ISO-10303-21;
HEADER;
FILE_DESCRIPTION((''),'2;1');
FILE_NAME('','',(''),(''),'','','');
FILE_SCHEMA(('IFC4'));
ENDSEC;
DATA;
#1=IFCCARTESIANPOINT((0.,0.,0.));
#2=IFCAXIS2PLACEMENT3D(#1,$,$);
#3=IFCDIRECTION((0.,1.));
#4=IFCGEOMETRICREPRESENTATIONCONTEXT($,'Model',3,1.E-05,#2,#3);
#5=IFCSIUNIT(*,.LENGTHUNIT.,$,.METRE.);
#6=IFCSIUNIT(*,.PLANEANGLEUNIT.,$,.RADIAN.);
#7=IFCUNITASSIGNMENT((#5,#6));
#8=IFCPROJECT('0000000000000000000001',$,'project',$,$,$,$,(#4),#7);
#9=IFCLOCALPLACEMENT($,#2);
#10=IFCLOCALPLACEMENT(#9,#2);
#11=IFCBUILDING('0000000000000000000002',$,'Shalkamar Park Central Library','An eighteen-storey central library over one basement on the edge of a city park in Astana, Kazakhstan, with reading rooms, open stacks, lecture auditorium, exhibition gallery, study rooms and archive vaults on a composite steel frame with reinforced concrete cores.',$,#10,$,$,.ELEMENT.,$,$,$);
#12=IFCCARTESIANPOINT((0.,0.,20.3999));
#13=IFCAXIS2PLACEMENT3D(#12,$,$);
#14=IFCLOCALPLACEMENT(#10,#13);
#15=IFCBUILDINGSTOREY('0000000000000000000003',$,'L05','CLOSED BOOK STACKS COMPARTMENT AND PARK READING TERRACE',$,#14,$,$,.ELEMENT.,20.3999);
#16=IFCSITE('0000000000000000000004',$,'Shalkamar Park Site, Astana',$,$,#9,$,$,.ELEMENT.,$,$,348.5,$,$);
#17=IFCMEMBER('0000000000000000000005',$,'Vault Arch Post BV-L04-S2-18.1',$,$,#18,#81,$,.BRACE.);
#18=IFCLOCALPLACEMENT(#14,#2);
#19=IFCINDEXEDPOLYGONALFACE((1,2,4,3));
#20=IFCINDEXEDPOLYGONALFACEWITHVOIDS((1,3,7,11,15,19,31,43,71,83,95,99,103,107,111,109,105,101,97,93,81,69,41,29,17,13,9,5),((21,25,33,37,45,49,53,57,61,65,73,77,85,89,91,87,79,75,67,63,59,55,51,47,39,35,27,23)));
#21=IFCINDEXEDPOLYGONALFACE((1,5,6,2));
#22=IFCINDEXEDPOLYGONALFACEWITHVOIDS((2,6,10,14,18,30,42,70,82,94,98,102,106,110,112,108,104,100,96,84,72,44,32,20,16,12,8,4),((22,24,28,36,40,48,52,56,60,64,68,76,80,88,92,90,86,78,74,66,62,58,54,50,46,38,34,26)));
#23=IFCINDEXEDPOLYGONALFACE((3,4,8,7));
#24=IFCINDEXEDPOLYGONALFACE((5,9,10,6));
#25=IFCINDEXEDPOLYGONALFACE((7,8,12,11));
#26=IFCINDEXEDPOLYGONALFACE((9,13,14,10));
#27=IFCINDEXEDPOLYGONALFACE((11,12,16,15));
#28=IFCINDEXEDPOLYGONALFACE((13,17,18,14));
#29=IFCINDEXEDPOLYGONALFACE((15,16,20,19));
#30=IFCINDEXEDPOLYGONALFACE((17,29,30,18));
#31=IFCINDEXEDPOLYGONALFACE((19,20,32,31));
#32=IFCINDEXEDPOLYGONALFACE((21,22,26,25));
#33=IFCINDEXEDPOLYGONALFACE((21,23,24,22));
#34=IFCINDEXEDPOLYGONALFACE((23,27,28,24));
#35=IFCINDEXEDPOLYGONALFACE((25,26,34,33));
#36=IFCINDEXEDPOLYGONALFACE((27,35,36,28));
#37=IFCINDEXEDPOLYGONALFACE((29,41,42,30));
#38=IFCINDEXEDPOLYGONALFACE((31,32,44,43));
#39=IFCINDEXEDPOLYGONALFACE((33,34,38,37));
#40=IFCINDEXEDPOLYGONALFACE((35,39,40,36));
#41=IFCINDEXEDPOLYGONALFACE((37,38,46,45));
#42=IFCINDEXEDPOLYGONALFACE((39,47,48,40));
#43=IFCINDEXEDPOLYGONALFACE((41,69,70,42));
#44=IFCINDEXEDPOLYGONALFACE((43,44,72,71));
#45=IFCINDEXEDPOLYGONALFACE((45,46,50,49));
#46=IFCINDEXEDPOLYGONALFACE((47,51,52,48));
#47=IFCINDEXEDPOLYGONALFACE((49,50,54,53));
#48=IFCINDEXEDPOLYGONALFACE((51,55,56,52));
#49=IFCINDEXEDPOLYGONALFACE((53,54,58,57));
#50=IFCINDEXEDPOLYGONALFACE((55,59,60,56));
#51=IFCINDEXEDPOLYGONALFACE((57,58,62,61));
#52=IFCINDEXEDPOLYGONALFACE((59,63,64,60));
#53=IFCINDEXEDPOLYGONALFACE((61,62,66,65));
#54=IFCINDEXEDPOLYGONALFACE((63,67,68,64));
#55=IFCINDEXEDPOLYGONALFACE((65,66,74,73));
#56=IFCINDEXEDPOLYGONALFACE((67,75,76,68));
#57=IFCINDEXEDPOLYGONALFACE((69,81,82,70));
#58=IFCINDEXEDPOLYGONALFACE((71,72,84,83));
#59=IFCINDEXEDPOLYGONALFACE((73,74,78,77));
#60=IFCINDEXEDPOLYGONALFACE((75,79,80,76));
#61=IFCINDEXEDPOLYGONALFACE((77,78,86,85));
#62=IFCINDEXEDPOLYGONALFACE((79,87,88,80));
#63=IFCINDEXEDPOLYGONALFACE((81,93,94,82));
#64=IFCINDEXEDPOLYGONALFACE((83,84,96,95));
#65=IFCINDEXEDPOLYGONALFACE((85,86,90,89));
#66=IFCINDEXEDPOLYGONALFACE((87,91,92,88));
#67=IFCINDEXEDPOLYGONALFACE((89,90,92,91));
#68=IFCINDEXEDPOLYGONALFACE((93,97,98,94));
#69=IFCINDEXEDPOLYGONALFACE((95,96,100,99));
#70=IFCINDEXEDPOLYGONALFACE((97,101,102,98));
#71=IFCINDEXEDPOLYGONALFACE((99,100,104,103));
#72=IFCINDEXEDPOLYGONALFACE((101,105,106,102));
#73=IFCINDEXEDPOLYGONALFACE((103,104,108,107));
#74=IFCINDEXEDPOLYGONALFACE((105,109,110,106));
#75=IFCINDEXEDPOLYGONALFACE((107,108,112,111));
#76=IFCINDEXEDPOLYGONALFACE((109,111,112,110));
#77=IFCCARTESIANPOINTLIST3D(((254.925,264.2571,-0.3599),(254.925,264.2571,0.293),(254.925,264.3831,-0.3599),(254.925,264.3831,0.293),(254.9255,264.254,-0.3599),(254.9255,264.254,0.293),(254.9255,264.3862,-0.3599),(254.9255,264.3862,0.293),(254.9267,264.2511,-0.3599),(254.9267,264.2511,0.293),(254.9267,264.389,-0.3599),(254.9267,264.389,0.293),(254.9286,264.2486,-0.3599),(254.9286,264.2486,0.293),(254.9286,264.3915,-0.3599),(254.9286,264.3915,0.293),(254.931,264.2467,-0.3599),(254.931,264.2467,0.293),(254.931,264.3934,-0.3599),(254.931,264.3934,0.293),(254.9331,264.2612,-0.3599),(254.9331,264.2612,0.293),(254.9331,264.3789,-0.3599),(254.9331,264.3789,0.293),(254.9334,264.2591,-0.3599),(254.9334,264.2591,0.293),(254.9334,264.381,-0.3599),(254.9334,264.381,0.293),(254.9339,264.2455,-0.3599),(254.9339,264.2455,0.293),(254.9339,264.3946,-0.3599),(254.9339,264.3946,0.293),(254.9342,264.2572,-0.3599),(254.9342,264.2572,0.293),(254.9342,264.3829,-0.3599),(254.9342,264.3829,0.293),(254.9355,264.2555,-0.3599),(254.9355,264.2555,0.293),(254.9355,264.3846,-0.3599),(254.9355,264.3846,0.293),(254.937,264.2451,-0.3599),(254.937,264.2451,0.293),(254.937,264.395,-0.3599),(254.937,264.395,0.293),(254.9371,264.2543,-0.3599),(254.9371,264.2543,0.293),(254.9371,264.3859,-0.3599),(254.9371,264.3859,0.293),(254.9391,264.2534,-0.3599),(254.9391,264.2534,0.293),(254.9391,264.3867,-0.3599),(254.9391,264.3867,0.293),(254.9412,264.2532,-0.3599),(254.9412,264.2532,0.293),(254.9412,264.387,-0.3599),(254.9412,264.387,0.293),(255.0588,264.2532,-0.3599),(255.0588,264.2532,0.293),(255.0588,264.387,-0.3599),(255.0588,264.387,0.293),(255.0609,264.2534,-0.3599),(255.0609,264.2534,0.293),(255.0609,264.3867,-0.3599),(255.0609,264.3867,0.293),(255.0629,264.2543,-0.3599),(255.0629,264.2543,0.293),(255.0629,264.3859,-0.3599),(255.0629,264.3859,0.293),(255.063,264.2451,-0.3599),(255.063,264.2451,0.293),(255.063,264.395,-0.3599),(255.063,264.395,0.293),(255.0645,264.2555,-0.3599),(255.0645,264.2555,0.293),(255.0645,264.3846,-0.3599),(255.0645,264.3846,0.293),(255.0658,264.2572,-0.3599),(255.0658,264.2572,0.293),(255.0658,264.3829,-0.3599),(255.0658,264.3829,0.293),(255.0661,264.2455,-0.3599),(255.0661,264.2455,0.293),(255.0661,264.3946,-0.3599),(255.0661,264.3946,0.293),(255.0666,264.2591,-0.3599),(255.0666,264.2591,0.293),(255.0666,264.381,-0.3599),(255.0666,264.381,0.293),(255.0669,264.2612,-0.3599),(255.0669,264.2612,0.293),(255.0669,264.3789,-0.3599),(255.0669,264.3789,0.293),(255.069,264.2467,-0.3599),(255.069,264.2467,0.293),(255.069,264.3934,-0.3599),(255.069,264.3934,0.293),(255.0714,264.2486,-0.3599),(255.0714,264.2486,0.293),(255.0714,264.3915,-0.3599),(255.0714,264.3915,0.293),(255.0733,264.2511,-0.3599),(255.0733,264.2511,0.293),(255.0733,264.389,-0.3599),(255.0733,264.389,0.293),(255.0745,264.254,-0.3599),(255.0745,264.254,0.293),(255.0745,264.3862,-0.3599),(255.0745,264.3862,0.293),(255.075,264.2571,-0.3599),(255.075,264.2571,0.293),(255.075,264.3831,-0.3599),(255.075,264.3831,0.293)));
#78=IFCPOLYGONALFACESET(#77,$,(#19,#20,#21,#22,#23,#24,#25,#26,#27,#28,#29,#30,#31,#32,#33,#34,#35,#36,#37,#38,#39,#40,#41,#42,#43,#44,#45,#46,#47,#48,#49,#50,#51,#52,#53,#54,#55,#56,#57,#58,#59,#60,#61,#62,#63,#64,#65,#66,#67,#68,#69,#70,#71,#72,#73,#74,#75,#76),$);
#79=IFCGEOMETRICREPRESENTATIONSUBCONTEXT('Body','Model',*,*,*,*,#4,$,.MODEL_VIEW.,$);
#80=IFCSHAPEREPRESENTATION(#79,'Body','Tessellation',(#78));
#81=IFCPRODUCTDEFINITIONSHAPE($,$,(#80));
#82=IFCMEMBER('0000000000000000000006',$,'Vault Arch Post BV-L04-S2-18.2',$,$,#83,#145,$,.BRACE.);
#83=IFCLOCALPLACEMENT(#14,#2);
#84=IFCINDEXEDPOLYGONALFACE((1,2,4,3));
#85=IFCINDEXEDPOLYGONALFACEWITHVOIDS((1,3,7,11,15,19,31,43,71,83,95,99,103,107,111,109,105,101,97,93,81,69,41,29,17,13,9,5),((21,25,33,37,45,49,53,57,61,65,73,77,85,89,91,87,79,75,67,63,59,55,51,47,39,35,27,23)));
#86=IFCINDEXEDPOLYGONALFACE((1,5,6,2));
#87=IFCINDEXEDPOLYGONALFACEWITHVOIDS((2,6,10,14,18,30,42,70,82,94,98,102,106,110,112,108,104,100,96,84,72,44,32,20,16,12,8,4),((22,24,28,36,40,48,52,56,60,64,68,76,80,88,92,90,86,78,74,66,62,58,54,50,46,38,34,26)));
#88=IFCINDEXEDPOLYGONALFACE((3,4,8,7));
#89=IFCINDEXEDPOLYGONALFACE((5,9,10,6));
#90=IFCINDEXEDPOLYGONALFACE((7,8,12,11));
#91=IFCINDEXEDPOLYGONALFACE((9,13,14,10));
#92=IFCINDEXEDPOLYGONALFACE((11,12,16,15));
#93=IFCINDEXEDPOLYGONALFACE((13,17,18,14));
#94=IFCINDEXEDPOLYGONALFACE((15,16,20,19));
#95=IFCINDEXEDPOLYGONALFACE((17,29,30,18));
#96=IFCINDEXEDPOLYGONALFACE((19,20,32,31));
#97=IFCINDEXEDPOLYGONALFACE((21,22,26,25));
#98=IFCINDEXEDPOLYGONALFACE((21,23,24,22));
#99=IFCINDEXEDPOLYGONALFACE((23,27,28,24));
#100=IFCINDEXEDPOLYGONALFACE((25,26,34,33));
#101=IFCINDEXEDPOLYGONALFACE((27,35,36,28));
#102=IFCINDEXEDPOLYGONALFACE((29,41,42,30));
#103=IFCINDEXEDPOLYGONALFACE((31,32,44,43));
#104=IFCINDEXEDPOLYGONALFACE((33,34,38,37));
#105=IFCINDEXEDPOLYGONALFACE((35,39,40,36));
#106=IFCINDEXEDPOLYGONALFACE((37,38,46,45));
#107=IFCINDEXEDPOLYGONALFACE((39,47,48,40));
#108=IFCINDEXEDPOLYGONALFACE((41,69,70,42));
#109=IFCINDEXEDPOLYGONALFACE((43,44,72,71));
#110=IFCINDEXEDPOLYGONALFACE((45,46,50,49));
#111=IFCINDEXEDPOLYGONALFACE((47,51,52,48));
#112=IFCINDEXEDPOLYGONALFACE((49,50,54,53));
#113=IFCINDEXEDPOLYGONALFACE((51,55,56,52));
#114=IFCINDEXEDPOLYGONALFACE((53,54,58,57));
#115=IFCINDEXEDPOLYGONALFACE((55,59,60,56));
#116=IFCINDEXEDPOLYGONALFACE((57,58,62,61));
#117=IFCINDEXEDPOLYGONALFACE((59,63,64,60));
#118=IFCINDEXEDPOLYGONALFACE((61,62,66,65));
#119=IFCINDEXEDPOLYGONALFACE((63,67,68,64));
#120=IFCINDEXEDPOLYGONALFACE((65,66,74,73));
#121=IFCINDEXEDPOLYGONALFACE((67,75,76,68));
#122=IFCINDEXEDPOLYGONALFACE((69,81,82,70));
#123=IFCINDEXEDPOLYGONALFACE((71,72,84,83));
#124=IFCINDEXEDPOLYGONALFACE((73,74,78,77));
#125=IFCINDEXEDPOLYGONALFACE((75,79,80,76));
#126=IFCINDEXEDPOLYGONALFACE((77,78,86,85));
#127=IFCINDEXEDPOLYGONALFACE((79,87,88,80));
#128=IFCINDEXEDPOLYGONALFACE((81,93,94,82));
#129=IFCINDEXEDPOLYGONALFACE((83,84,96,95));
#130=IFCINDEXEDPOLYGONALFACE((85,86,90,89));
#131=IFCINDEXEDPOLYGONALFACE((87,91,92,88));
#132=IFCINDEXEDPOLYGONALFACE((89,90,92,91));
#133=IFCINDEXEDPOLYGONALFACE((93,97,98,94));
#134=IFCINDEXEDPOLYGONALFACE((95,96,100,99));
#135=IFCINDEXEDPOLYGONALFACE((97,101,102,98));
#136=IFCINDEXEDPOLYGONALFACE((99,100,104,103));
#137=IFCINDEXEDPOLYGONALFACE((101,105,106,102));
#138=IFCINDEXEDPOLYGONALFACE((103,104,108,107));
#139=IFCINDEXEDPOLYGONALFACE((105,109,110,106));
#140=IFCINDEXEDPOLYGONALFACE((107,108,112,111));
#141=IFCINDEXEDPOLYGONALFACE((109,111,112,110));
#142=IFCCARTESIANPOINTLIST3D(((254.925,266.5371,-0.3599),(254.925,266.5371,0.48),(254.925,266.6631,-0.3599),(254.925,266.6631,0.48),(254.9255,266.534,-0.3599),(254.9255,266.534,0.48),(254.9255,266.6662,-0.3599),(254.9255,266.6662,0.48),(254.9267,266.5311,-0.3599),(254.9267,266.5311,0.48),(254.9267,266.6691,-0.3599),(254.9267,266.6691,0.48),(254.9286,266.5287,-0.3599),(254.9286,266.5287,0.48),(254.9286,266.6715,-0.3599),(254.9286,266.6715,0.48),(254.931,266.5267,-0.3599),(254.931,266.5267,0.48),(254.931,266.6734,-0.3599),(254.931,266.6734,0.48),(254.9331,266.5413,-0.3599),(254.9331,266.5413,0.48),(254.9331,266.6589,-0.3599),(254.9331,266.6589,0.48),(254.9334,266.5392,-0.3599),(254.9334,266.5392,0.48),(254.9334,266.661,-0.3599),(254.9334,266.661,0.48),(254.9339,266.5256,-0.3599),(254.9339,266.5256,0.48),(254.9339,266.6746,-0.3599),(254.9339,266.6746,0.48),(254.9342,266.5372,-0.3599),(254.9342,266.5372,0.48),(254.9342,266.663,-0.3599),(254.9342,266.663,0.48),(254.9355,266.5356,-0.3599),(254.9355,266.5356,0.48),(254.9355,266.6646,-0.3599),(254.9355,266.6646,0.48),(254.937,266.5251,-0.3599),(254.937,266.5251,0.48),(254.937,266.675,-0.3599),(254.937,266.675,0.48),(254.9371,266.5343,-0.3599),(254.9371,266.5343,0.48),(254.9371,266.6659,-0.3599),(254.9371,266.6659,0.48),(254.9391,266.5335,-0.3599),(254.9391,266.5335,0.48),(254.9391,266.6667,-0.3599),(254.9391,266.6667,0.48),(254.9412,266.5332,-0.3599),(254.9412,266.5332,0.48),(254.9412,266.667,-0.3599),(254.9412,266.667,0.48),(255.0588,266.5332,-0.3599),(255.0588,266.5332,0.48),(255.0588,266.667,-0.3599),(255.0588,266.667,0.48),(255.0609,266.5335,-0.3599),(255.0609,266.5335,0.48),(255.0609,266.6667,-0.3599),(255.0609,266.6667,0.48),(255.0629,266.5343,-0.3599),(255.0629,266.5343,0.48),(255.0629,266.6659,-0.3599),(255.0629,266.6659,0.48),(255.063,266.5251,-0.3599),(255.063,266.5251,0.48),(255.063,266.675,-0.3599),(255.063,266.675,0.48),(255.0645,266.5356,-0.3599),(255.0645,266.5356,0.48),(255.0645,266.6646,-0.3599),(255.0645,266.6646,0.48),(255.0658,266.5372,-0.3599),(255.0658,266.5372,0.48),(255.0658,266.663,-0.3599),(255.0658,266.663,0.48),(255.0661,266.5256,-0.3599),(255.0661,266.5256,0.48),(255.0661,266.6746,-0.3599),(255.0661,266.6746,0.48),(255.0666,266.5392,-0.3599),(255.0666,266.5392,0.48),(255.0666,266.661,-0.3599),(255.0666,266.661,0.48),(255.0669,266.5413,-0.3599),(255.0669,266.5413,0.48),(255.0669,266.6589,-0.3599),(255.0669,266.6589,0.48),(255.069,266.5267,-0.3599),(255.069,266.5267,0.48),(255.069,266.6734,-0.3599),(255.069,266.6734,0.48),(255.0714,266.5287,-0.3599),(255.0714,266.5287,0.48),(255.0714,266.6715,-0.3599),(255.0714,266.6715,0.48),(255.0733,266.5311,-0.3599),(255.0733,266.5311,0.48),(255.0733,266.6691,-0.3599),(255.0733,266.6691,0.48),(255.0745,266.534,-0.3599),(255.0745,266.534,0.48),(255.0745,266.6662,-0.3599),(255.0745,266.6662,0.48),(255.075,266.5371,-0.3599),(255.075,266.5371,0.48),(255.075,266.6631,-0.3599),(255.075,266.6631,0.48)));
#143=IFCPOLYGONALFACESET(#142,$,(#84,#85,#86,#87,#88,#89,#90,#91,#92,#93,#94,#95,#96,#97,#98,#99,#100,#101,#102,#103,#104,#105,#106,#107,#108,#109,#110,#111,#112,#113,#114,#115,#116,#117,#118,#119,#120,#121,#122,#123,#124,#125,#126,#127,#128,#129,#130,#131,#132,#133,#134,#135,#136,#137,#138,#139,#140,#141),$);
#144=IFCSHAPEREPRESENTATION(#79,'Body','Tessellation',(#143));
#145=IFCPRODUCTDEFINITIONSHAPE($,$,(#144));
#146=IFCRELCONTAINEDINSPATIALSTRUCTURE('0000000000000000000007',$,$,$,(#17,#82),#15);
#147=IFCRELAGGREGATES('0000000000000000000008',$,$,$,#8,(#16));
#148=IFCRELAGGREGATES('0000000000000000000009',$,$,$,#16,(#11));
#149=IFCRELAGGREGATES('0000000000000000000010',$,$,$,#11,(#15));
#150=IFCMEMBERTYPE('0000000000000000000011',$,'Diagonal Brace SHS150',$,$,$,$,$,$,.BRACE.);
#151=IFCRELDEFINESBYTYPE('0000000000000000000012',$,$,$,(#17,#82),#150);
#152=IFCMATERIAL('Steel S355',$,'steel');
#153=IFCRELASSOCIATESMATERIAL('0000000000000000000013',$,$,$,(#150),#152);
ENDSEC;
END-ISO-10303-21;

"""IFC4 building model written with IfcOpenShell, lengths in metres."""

from ifc_helpers import new_model, si_unit, direction, frame, origin, origin_2d, place, context, subcontext, project, spatial, hollow_rectangle, extrude, material, material_profile, profile_set, type_object, element, save


model = new_model("IFC4")

# Units and contexts
model_context = context("Model", 3, precision=1e-05, world=origin(), true_north=direction((0.0, 1.0)))
body_context = subcontext(model_context, "Body", "Model", "MODEL_VIEW")
ifc_project = project(units=[si_unit("LENGTHUNIT", "METRE"), si_unit("PLANEANGLEUNIT", "RADIAN")], contexts=[model_context])

# Site, building, storey
site_placement = place(None, origin())
site = spatial("IfcSite", under=ifc_project, at=site_placement, Name="Shalkamar Park Site, Astana", CompositionType="ELEMENT", RefElevation=348.5)
building_placement = place(site_placement, origin())
building = spatial("IfcBuilding", under=site, at=building_placement, Name="Shalkamar Park Central Library", Description="An eighteen-storey central library over one basement on the edge of a city park in Astana, Kazakhstan, with reading rooms, open stacks, lecture auditorium, exhibition gallery, study rooms and archive vaults on a composite steel frame with reinforced concrete cores.", CompositionType="ELEMENT")
storey_placement = place(building_placement, frame((0.0, 0.0, 20.3999)))
storey = spatial("IfcBuildingStorey", under=building, at=storey_placement, Name="L05", Description="CLOSED BOOK STACKS COMPARTMENT AND PARK READING TERRACE", CompositionType="ELEMENT", Elevation=20.3999)

# Members
ifc_material = material(Name="Steel S355", Category="steel")
ifc_material_profile_1 = material_profile(ifc_material, hollow_rectangle(XDim=0.1499, YDim=0.1499, WallThickness=0.0081, InnerFilletRadius=0.0081, OuterFilletRadius=0.012, at=origin_2d()), Name="SHS 150x150x8")
ifc_profile_set_1 = profile_set([ifc_material_profile_1], Name="Steel S355")
member_type_1 = type_object("IfcMemberType", Name="Diagonal Brace SHS150", PredefinedType="BRACE", material=ifc_profile_set_1)
for number, where, z_axis, x_axis, name in (
    (1, (255.0, 264.3201, -0.3599), (0.0, 0.0, 1.0), (1.0, 0.0, 0.0), "Vault Arch Post BV-L04-S2-18.1"),
):
    element("IfcMember", number, at=place(storey_placement, frame(where, z_axis=z_axis, x_axis=x_axis)), inside=storey, type_object=member_type_1, Name=name, PredefinedType="BRACE", context=body_context, shape_type="SweptSolid", body=[
        extrude(hollow_rectangle(XDim=0.1499, YDim=0.1499, WallThickness=0.0081, InnerFilletRadius=0.0081, OuterFilletRadius=0.012, at=origin_2d()), origin(), (0.0, 0.0, 1.0), 0.6528),
    ])
member_1_placement = place(storey_placement, frame((255.0, 266.6001, -0.3599), z_axis=(0.0, 0.0, 1.0), x_axis=(1.0, 0.0, 0.0)))
element("IfcMember", 2, at=member_1_placement, inside=storey, type_object=member_type_1, Name="Vault Arch Post BV-L04-S2-18.2", PredefinedType="BRACE", context=body_context, shape_type="SweptSolid", body=[
    extrude(hollow_rectangle(XDim=0.1499, YDim=0.1499, WallThickness=0.0081, InnerFilletRadius=0.0081, OuterFilletRadius=0.012, at=origin_2d()), origin(), (0.0, 0.0, 1.0), 0.8398),
])

save(model, "model.ifc")
